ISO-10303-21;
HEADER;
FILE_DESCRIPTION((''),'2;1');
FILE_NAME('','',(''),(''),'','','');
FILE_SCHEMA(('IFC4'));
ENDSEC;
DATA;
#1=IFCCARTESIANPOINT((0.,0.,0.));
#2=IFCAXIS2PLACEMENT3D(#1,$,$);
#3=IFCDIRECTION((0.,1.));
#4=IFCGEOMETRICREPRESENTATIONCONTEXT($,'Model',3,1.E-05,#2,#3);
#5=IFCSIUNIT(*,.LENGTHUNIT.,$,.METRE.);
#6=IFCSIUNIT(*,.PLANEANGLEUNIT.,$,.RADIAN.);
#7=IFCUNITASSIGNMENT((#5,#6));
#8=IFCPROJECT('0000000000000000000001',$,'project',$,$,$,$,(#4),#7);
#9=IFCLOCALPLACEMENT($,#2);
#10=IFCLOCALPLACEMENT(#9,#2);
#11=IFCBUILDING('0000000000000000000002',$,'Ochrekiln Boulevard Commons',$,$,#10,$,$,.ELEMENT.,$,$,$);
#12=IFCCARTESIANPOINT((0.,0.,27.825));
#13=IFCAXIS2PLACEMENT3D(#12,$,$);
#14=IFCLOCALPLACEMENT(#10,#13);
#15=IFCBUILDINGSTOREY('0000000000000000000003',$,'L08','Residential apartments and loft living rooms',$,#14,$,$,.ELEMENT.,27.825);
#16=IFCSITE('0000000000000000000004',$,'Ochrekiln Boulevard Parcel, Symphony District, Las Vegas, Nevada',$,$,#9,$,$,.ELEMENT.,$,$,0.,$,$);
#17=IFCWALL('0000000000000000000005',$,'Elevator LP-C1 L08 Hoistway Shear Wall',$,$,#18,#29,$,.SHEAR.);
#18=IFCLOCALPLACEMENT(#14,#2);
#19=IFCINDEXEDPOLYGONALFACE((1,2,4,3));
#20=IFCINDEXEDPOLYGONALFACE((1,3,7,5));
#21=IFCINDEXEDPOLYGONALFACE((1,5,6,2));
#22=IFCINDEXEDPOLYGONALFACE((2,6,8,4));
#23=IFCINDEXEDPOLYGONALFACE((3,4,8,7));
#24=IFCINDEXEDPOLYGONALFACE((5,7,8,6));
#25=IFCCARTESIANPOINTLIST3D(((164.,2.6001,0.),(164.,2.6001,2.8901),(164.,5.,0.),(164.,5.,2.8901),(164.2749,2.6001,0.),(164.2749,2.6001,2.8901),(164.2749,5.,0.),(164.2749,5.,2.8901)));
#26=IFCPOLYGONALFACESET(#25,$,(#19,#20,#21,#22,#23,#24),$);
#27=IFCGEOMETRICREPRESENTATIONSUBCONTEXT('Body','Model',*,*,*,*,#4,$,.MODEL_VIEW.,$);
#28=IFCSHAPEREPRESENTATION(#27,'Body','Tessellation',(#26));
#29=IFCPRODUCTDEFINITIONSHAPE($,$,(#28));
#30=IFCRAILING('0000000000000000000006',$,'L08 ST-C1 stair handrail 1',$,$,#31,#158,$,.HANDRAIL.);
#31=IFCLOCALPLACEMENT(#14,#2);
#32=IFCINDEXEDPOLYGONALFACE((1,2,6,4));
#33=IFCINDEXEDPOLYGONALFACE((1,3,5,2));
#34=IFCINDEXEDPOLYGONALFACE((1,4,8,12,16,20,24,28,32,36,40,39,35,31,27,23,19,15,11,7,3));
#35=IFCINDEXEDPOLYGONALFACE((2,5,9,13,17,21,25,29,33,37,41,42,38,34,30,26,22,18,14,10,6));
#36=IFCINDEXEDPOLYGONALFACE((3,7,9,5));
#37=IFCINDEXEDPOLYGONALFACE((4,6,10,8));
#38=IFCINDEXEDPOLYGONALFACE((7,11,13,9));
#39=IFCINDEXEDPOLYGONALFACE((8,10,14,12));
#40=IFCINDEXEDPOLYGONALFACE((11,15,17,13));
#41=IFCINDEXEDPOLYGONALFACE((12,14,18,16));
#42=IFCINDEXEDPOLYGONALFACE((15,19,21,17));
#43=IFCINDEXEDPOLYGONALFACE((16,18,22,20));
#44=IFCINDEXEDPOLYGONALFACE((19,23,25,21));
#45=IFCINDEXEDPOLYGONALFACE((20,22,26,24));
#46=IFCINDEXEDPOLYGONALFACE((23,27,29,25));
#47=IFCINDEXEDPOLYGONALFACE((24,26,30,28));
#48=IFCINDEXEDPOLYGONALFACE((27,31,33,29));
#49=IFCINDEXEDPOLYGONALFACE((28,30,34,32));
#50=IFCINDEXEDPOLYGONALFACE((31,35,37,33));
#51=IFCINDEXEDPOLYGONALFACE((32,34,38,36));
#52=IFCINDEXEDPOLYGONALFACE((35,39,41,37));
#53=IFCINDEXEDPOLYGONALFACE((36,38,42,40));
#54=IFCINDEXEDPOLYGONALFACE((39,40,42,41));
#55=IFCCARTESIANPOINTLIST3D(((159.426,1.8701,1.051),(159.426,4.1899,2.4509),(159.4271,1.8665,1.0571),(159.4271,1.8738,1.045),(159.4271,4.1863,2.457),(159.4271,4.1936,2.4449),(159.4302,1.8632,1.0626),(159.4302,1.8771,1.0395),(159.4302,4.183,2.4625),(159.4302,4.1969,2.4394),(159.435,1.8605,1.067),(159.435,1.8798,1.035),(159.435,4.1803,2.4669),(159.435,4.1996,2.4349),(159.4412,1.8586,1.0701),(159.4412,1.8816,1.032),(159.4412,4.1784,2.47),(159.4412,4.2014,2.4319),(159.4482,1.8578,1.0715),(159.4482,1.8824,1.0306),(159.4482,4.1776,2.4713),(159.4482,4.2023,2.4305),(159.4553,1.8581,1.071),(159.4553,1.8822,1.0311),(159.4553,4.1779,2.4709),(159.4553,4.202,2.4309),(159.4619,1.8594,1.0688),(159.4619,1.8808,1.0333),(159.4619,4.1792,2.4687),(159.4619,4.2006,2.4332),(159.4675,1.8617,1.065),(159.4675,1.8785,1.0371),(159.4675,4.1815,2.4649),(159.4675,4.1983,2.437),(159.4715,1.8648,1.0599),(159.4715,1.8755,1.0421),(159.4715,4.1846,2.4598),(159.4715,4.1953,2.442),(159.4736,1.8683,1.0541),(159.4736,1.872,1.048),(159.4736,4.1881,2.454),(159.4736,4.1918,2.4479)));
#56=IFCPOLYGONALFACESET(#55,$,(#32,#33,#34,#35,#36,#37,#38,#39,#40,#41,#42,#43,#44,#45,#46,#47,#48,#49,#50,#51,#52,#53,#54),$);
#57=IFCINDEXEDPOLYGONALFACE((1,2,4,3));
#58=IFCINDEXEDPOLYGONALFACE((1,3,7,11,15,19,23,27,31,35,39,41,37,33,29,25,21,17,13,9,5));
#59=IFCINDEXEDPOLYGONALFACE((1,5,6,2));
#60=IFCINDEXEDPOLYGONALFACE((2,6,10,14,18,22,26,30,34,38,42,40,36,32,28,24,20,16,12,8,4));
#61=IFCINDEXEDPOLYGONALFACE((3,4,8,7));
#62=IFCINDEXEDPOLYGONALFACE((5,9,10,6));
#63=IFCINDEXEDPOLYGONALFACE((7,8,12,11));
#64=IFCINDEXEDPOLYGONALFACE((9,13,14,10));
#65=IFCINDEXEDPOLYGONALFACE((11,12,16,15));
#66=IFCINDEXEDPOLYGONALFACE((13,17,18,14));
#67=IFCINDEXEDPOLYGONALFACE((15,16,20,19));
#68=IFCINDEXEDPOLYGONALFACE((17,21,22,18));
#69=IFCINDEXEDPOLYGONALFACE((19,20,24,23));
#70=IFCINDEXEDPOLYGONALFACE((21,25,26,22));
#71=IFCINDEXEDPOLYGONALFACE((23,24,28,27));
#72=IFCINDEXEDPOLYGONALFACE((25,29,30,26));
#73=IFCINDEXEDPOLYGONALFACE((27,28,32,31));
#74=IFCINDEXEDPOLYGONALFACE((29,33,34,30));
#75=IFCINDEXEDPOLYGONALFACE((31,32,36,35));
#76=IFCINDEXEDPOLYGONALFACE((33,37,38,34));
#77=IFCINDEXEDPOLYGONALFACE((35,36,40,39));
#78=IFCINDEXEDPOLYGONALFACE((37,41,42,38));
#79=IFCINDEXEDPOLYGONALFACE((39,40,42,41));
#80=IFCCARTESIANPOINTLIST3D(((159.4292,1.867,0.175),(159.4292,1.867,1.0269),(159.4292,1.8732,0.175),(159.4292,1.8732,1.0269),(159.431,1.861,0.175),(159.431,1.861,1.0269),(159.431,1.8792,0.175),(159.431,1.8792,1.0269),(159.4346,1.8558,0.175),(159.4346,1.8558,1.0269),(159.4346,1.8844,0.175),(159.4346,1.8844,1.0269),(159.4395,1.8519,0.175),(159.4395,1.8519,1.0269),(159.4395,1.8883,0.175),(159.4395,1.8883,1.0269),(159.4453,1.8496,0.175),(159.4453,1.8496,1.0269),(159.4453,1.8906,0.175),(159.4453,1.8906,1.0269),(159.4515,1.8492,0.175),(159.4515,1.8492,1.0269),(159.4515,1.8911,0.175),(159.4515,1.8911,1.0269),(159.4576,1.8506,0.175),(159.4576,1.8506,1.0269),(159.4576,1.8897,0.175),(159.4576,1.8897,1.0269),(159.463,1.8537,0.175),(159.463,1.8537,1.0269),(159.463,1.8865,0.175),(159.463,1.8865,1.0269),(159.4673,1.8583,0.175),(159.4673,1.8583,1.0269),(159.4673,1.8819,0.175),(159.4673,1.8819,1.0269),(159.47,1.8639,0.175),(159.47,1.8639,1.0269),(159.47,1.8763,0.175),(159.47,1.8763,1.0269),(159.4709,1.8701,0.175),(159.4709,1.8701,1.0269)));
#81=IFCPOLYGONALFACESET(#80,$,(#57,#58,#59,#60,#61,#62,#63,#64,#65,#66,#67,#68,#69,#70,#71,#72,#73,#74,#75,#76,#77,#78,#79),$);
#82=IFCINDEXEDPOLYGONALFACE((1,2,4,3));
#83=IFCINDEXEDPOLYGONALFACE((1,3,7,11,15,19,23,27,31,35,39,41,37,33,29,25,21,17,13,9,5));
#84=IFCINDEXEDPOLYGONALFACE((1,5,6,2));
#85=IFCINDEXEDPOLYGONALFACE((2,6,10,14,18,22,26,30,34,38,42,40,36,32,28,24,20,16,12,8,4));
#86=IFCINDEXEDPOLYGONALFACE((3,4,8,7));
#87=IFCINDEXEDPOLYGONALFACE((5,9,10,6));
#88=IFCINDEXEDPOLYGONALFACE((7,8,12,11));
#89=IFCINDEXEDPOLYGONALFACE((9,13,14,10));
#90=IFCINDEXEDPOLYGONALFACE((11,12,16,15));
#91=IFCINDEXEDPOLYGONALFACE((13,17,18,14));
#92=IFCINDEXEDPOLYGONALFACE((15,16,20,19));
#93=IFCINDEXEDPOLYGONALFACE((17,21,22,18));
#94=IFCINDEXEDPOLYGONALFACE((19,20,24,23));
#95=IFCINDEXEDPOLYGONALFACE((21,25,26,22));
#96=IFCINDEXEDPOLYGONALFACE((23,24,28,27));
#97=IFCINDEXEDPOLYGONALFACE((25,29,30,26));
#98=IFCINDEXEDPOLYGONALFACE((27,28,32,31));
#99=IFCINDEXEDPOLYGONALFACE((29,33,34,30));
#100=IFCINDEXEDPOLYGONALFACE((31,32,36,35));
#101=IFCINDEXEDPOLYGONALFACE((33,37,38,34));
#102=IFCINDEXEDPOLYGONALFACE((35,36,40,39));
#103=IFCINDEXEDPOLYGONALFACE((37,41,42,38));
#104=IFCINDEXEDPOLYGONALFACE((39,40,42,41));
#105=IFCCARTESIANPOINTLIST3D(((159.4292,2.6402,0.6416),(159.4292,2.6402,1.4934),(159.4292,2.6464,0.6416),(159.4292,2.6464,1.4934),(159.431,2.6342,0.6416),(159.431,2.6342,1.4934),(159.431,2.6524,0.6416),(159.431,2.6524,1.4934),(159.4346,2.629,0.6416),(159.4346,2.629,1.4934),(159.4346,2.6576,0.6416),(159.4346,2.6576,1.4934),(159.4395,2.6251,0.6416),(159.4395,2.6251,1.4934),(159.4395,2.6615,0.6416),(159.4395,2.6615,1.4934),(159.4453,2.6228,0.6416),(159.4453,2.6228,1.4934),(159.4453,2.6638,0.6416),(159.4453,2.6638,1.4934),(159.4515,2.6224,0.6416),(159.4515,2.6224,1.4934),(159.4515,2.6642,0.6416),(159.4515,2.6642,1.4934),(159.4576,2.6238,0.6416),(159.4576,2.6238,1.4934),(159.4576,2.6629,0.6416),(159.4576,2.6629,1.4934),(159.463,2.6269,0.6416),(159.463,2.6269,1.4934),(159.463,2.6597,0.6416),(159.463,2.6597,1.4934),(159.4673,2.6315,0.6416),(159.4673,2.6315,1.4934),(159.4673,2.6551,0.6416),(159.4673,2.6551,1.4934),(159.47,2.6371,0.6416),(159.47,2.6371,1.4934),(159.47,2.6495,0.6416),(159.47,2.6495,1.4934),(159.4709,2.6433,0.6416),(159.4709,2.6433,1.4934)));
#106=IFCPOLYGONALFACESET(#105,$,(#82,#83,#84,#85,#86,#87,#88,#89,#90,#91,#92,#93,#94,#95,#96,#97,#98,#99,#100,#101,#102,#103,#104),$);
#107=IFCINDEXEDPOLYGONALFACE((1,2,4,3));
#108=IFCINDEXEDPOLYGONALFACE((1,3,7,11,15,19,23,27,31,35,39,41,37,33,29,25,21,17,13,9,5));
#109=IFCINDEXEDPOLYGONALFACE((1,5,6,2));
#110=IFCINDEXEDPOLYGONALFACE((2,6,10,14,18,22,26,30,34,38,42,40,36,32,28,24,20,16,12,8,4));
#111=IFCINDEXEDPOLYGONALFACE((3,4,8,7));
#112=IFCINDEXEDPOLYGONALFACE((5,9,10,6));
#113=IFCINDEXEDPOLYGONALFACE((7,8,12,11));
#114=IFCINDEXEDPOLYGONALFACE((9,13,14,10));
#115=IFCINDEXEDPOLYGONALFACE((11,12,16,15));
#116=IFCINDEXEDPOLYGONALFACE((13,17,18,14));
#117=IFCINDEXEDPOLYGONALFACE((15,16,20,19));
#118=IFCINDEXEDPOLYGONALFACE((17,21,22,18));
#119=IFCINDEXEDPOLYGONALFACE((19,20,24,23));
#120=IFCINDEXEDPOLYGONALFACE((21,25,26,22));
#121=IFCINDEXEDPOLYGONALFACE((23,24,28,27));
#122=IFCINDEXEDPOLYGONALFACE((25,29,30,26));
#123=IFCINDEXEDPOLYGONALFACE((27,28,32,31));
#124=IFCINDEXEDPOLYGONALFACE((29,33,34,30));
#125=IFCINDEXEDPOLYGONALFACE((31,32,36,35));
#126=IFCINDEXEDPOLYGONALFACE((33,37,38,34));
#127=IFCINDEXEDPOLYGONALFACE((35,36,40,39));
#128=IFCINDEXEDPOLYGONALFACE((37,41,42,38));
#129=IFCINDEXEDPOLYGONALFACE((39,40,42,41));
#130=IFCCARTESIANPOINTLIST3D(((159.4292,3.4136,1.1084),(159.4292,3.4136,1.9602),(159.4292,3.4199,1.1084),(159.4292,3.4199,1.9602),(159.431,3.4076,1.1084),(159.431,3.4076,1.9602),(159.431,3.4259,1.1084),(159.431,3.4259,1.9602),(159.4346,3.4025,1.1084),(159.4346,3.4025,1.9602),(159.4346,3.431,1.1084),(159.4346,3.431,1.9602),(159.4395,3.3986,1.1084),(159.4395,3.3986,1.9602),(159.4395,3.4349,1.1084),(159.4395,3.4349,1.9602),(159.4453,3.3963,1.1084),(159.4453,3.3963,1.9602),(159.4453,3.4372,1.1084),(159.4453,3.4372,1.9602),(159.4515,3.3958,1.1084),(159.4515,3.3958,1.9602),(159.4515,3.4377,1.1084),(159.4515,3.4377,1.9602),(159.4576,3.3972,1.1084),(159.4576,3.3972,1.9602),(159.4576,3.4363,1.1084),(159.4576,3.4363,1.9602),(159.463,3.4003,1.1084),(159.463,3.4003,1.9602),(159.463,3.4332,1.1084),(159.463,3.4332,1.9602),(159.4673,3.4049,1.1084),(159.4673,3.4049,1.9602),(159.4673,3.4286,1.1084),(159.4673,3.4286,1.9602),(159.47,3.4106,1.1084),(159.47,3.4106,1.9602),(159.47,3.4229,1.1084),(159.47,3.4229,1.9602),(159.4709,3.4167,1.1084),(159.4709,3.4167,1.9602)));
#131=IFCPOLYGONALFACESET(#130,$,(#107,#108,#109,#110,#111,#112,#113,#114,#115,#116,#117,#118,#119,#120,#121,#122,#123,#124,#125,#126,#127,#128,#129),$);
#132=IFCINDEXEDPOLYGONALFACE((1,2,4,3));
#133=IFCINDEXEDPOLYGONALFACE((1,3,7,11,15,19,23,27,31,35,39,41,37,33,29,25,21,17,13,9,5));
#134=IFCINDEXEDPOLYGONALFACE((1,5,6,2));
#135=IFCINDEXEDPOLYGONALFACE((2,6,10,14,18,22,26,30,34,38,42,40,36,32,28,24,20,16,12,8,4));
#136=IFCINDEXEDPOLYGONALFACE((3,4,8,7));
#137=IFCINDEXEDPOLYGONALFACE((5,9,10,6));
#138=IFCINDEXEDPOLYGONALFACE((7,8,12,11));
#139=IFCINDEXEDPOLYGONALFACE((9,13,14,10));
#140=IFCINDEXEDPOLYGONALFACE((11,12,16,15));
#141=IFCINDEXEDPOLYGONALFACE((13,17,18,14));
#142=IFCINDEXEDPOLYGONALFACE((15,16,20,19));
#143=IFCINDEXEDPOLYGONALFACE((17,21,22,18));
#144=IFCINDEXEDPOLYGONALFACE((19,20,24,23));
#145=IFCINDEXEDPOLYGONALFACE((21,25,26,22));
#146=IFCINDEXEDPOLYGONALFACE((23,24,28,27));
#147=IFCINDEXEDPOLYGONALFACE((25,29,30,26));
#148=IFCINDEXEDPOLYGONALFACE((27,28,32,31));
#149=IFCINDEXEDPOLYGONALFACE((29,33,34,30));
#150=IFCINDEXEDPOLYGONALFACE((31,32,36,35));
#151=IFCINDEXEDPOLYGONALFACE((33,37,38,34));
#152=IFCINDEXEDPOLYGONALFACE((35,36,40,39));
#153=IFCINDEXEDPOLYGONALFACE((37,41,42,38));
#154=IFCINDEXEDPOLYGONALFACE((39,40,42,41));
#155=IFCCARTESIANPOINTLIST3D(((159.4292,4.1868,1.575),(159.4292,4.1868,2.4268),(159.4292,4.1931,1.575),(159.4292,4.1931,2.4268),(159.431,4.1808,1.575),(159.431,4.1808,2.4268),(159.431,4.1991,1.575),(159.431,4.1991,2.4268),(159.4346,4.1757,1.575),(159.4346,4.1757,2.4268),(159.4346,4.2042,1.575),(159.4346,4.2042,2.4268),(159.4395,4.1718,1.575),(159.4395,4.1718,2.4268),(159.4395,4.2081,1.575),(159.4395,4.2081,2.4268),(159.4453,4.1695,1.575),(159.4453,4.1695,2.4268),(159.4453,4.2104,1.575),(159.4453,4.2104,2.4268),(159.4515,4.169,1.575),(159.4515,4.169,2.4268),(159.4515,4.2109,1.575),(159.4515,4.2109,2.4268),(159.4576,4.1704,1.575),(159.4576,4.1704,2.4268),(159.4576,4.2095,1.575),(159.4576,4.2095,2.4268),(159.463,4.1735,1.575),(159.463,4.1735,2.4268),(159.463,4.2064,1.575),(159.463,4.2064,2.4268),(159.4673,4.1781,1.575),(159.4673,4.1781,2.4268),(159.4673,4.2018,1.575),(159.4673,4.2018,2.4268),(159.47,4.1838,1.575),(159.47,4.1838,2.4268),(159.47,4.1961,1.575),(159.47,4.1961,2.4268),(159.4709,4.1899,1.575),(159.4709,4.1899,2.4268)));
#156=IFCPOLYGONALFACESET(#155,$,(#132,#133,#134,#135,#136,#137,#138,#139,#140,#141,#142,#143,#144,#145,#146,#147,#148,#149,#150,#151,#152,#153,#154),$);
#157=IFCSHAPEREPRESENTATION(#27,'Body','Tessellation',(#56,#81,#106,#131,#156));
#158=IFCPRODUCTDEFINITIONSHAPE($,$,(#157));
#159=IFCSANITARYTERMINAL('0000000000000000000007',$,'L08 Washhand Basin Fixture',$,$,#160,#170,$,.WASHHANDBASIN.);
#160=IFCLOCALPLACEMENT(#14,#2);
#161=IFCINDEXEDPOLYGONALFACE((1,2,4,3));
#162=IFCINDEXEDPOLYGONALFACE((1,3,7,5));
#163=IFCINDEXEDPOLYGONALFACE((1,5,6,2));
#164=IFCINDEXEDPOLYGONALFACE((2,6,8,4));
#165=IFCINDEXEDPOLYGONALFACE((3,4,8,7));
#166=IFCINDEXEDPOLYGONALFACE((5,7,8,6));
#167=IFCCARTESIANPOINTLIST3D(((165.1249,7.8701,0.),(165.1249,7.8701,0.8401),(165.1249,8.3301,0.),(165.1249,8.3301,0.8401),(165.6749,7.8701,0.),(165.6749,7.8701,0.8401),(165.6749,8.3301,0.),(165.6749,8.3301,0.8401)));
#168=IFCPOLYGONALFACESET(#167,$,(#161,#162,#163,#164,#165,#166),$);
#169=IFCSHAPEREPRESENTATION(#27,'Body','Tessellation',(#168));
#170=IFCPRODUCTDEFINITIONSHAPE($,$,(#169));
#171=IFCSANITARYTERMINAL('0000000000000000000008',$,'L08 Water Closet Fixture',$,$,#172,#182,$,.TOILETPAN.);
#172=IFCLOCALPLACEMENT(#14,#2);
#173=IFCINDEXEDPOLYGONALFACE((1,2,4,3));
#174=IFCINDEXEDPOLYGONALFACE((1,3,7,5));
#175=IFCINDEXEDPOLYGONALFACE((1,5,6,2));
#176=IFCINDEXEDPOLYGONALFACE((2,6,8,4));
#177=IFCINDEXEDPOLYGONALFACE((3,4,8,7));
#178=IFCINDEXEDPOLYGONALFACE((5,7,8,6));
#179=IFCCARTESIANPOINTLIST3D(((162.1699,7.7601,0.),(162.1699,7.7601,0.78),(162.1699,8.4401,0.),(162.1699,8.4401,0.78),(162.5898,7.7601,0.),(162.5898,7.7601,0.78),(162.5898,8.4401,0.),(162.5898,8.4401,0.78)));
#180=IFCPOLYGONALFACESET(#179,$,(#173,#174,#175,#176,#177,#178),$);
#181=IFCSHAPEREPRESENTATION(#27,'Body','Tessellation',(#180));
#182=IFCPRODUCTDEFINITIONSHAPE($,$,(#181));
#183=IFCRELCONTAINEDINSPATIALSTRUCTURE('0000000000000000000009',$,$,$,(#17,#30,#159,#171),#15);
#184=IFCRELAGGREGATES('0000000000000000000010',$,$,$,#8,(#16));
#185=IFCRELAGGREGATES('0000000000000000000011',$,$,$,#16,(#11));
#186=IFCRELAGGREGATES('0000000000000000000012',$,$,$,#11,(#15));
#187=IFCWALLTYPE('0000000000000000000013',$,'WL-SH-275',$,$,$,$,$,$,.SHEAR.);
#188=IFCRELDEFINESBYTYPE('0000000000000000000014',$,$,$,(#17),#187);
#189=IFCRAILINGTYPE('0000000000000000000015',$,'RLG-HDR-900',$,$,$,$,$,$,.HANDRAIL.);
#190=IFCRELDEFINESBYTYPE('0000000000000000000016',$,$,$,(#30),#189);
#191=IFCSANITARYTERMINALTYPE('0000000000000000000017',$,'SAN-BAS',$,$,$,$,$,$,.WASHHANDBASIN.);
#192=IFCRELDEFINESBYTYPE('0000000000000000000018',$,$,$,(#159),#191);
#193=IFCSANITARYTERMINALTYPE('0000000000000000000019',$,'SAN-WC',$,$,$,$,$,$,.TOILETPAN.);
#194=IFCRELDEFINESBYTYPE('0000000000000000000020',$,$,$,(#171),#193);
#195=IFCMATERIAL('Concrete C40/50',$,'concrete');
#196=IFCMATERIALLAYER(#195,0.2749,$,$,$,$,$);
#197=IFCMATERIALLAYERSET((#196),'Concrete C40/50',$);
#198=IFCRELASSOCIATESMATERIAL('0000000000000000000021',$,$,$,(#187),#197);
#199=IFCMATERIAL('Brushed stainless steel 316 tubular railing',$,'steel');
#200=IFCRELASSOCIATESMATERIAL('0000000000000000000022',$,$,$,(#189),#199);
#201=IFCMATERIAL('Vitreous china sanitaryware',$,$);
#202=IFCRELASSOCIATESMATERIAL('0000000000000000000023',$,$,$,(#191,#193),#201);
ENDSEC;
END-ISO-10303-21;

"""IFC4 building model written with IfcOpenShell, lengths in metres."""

from ifc_helpers import new_model, si_unit, direction, frame, frame_2d, origin, origin_2d, place, context, subcontext, project, spatial, rectangle, circle, extrude, material, layer, layer_set, type_object, element, save


model = new_model("IFC4")

# Units and contexts
model_context = context("Model", 3, precision=1e-05, world=origin(), true_north=direction((0.0, 1.0)))
body_context = subcontext(model_context, "Body", "Model", "MODEL_VIEW")
ifc_project = project(units=[si_unit("LENGTHUNIT", "METRE"), si_unit("PLANEANGLEUNIT", "RADIAN")], contexts=[model_context])

# Site, building, storey
site_placement = place(None, origin())
site = spatial("IfcSite", under=ifc_project, at=site_placement, Name="Ochrekiln Boulevard Parcel, Symphony District, Las Vegas, Nevada", CompositionType="ELEMENT", RefElevation=0.0)
building_placement = place(site_placement, origin())
building = spatial("IfcBuilding", under=site, at=building_placement, Name="Ochrekiln Boulevard Commons", CompositionType="ELEMENT")
storey_placement = place(building_placement, frame((0.0, 0.0, 27.825)))
storey = spatial("IfcBuildingStorey", under=building, at=storey_placement, Name="L08", Description="Residential apartments and loft living rooms", CompositionType="ELEMENT", Elevation=27.825)

# Shared definitions
ifc_material_1 = material(Name="Concrete C40/50", Category="concrete")

# Shared definitions
ifc_layer_1 = layer(ifc_material_1, 0.2749)
ifc_layer_set_1 = layer_set([ifc_layer_1], Name="Concrete C40/50")
wall_type_1 = type_object("IfcWallType", Name="WL-SH-275", PredefinedType="SHEAR", material=ifc_layer_set_1)

# Wall
wall_1_placement = place(storey_placement, frame((164.1375, 2.6001, 0.0), z_axis=(0.0, 0.0, 1.0), x_axis=(0.0, 1.0, 0.0)))
element("IfcWall", 1, at=wall_1_placement, inside=storey, type_object=wall_type_1, Name="Elevator LP-C1 L08 Hoistway Shear Wall", PredefinedType="SHEAR", context=body_context, shape_type="SweptSolid", body=[
    extrude(rectangle(XDim=2.3999, YDim=0.2749, at=frame_2d((1.2, 0.0))), origin(), (0.0, 0.0, 1.0), 2.8901),
])

# Railing
ifc_material_2 = material(Name="Brushed stainless steel 316 tubular railing", Category="steel")
railing_type = type_object("IfcRailingType", Name="RLG-HDR-900", PredefinedType="HANDRAIL", material=ifc_material_2)
railing_placement = place(storey_placement, frame((159.45, 1.8701, 0.175)))
element("IfcRailing", 2, at=railing_placement, inside=storey, type_object=railing_type, Name="L08 ST-C1 stair handrail 1", PredefinedType="HANDRAIL", context=body_context, shape_type="SweptSolid", body=[
    extrude(circle(Radius=0.0239, at=origin_2d()), frame((0.0, 0.0, 0.876), z_axis=(0.0, 0.856186, 0.516667), x_axis=(-1.0, 0.0, 0.0)), (0.0, 0.0, 1.0), 2.7095),
    extrude(circle(Radius=0.021, at=origin_2d()), origin(), (0.0, 0.0, 1.0), 0.8518),
    extrude(circle(Radius=0.021, at=origin_2d()), frame((0.0, 0.7732, 0.4666)), (0.0, 0.0, 1.0), 0.8518),
    extrude(circle(Radius=0.021, at=origin_2d()), frame((0.0, 1.5466, 0.9333)), (0.0, 0.0, 1.0), 0.8518),
    extrude(circle(Radius=0.021, at=origin_2d()), frame((0.0, 2.3198, 1.3999)), (0.0, 0.0, 1.0), 0.8518),
])

# Sanitary terminals
ifc_material_3 = material(Name="Vitreous china sanitaryware")
sanitary_terminal_type_1 = type_object("IfcSanitaryTerminalType", Name="SAN-BAS", PredefinedType="WASHHANDBASIN", material=ifc_material_3)
sanitary_terminal_1_placement = place(storey_placement, frame((165.3999, 8.1001, 0.0), z_axis=(0.0, 0.0, 1.0), x_axis=(1.0, 0.0, 0.0)))
element("IfcSanitaryTerminal", 3, at=sanitary_terminal_1_placement, inside=storey, type_object=sanitary_terminal_type_1, Name="L08 Washhand Basin Fixture", PredefinedType="WASHHANDBASIN", context=body_context, shape_type="SweptSolid", body=[
    extrude(rectangle(XDim=0.55, YDim=0.46, at=origin_2d()), origin(), (0.0, 0.0, 1.0), 0.8401),
])
sanitary_terminal_type_2 = type_object("IfcSanitaryTerminalType", Name="SAN-WC", PredefinedType="TOILETPAN", material=ifc_material_3)
sanitary_terminal_2_placement = place(storey_placement, frame((162.3799, 8.1001, 0.0), z_axis=(0.0, 0.0, 1.0), x_axis=(1.0, 0.0, 0.0)))
element("IfcSanitaryTerminal", 4, at=sanitary_terminal_2_placement, inside=storey, type_object=sanitary_terminal_type_2, Name="L08 Water Closet Fixture", PredefinedType="TOILETPAN", context=body_context, shape_type="SweptSolid", body=[
    extrude(rectangle(XDim=0.4199, YDim=0.6799, at=origin_2d()), origin(), (0.0, 0.0, 1.0), 0.78),
])

save(model, "model.ifc")
